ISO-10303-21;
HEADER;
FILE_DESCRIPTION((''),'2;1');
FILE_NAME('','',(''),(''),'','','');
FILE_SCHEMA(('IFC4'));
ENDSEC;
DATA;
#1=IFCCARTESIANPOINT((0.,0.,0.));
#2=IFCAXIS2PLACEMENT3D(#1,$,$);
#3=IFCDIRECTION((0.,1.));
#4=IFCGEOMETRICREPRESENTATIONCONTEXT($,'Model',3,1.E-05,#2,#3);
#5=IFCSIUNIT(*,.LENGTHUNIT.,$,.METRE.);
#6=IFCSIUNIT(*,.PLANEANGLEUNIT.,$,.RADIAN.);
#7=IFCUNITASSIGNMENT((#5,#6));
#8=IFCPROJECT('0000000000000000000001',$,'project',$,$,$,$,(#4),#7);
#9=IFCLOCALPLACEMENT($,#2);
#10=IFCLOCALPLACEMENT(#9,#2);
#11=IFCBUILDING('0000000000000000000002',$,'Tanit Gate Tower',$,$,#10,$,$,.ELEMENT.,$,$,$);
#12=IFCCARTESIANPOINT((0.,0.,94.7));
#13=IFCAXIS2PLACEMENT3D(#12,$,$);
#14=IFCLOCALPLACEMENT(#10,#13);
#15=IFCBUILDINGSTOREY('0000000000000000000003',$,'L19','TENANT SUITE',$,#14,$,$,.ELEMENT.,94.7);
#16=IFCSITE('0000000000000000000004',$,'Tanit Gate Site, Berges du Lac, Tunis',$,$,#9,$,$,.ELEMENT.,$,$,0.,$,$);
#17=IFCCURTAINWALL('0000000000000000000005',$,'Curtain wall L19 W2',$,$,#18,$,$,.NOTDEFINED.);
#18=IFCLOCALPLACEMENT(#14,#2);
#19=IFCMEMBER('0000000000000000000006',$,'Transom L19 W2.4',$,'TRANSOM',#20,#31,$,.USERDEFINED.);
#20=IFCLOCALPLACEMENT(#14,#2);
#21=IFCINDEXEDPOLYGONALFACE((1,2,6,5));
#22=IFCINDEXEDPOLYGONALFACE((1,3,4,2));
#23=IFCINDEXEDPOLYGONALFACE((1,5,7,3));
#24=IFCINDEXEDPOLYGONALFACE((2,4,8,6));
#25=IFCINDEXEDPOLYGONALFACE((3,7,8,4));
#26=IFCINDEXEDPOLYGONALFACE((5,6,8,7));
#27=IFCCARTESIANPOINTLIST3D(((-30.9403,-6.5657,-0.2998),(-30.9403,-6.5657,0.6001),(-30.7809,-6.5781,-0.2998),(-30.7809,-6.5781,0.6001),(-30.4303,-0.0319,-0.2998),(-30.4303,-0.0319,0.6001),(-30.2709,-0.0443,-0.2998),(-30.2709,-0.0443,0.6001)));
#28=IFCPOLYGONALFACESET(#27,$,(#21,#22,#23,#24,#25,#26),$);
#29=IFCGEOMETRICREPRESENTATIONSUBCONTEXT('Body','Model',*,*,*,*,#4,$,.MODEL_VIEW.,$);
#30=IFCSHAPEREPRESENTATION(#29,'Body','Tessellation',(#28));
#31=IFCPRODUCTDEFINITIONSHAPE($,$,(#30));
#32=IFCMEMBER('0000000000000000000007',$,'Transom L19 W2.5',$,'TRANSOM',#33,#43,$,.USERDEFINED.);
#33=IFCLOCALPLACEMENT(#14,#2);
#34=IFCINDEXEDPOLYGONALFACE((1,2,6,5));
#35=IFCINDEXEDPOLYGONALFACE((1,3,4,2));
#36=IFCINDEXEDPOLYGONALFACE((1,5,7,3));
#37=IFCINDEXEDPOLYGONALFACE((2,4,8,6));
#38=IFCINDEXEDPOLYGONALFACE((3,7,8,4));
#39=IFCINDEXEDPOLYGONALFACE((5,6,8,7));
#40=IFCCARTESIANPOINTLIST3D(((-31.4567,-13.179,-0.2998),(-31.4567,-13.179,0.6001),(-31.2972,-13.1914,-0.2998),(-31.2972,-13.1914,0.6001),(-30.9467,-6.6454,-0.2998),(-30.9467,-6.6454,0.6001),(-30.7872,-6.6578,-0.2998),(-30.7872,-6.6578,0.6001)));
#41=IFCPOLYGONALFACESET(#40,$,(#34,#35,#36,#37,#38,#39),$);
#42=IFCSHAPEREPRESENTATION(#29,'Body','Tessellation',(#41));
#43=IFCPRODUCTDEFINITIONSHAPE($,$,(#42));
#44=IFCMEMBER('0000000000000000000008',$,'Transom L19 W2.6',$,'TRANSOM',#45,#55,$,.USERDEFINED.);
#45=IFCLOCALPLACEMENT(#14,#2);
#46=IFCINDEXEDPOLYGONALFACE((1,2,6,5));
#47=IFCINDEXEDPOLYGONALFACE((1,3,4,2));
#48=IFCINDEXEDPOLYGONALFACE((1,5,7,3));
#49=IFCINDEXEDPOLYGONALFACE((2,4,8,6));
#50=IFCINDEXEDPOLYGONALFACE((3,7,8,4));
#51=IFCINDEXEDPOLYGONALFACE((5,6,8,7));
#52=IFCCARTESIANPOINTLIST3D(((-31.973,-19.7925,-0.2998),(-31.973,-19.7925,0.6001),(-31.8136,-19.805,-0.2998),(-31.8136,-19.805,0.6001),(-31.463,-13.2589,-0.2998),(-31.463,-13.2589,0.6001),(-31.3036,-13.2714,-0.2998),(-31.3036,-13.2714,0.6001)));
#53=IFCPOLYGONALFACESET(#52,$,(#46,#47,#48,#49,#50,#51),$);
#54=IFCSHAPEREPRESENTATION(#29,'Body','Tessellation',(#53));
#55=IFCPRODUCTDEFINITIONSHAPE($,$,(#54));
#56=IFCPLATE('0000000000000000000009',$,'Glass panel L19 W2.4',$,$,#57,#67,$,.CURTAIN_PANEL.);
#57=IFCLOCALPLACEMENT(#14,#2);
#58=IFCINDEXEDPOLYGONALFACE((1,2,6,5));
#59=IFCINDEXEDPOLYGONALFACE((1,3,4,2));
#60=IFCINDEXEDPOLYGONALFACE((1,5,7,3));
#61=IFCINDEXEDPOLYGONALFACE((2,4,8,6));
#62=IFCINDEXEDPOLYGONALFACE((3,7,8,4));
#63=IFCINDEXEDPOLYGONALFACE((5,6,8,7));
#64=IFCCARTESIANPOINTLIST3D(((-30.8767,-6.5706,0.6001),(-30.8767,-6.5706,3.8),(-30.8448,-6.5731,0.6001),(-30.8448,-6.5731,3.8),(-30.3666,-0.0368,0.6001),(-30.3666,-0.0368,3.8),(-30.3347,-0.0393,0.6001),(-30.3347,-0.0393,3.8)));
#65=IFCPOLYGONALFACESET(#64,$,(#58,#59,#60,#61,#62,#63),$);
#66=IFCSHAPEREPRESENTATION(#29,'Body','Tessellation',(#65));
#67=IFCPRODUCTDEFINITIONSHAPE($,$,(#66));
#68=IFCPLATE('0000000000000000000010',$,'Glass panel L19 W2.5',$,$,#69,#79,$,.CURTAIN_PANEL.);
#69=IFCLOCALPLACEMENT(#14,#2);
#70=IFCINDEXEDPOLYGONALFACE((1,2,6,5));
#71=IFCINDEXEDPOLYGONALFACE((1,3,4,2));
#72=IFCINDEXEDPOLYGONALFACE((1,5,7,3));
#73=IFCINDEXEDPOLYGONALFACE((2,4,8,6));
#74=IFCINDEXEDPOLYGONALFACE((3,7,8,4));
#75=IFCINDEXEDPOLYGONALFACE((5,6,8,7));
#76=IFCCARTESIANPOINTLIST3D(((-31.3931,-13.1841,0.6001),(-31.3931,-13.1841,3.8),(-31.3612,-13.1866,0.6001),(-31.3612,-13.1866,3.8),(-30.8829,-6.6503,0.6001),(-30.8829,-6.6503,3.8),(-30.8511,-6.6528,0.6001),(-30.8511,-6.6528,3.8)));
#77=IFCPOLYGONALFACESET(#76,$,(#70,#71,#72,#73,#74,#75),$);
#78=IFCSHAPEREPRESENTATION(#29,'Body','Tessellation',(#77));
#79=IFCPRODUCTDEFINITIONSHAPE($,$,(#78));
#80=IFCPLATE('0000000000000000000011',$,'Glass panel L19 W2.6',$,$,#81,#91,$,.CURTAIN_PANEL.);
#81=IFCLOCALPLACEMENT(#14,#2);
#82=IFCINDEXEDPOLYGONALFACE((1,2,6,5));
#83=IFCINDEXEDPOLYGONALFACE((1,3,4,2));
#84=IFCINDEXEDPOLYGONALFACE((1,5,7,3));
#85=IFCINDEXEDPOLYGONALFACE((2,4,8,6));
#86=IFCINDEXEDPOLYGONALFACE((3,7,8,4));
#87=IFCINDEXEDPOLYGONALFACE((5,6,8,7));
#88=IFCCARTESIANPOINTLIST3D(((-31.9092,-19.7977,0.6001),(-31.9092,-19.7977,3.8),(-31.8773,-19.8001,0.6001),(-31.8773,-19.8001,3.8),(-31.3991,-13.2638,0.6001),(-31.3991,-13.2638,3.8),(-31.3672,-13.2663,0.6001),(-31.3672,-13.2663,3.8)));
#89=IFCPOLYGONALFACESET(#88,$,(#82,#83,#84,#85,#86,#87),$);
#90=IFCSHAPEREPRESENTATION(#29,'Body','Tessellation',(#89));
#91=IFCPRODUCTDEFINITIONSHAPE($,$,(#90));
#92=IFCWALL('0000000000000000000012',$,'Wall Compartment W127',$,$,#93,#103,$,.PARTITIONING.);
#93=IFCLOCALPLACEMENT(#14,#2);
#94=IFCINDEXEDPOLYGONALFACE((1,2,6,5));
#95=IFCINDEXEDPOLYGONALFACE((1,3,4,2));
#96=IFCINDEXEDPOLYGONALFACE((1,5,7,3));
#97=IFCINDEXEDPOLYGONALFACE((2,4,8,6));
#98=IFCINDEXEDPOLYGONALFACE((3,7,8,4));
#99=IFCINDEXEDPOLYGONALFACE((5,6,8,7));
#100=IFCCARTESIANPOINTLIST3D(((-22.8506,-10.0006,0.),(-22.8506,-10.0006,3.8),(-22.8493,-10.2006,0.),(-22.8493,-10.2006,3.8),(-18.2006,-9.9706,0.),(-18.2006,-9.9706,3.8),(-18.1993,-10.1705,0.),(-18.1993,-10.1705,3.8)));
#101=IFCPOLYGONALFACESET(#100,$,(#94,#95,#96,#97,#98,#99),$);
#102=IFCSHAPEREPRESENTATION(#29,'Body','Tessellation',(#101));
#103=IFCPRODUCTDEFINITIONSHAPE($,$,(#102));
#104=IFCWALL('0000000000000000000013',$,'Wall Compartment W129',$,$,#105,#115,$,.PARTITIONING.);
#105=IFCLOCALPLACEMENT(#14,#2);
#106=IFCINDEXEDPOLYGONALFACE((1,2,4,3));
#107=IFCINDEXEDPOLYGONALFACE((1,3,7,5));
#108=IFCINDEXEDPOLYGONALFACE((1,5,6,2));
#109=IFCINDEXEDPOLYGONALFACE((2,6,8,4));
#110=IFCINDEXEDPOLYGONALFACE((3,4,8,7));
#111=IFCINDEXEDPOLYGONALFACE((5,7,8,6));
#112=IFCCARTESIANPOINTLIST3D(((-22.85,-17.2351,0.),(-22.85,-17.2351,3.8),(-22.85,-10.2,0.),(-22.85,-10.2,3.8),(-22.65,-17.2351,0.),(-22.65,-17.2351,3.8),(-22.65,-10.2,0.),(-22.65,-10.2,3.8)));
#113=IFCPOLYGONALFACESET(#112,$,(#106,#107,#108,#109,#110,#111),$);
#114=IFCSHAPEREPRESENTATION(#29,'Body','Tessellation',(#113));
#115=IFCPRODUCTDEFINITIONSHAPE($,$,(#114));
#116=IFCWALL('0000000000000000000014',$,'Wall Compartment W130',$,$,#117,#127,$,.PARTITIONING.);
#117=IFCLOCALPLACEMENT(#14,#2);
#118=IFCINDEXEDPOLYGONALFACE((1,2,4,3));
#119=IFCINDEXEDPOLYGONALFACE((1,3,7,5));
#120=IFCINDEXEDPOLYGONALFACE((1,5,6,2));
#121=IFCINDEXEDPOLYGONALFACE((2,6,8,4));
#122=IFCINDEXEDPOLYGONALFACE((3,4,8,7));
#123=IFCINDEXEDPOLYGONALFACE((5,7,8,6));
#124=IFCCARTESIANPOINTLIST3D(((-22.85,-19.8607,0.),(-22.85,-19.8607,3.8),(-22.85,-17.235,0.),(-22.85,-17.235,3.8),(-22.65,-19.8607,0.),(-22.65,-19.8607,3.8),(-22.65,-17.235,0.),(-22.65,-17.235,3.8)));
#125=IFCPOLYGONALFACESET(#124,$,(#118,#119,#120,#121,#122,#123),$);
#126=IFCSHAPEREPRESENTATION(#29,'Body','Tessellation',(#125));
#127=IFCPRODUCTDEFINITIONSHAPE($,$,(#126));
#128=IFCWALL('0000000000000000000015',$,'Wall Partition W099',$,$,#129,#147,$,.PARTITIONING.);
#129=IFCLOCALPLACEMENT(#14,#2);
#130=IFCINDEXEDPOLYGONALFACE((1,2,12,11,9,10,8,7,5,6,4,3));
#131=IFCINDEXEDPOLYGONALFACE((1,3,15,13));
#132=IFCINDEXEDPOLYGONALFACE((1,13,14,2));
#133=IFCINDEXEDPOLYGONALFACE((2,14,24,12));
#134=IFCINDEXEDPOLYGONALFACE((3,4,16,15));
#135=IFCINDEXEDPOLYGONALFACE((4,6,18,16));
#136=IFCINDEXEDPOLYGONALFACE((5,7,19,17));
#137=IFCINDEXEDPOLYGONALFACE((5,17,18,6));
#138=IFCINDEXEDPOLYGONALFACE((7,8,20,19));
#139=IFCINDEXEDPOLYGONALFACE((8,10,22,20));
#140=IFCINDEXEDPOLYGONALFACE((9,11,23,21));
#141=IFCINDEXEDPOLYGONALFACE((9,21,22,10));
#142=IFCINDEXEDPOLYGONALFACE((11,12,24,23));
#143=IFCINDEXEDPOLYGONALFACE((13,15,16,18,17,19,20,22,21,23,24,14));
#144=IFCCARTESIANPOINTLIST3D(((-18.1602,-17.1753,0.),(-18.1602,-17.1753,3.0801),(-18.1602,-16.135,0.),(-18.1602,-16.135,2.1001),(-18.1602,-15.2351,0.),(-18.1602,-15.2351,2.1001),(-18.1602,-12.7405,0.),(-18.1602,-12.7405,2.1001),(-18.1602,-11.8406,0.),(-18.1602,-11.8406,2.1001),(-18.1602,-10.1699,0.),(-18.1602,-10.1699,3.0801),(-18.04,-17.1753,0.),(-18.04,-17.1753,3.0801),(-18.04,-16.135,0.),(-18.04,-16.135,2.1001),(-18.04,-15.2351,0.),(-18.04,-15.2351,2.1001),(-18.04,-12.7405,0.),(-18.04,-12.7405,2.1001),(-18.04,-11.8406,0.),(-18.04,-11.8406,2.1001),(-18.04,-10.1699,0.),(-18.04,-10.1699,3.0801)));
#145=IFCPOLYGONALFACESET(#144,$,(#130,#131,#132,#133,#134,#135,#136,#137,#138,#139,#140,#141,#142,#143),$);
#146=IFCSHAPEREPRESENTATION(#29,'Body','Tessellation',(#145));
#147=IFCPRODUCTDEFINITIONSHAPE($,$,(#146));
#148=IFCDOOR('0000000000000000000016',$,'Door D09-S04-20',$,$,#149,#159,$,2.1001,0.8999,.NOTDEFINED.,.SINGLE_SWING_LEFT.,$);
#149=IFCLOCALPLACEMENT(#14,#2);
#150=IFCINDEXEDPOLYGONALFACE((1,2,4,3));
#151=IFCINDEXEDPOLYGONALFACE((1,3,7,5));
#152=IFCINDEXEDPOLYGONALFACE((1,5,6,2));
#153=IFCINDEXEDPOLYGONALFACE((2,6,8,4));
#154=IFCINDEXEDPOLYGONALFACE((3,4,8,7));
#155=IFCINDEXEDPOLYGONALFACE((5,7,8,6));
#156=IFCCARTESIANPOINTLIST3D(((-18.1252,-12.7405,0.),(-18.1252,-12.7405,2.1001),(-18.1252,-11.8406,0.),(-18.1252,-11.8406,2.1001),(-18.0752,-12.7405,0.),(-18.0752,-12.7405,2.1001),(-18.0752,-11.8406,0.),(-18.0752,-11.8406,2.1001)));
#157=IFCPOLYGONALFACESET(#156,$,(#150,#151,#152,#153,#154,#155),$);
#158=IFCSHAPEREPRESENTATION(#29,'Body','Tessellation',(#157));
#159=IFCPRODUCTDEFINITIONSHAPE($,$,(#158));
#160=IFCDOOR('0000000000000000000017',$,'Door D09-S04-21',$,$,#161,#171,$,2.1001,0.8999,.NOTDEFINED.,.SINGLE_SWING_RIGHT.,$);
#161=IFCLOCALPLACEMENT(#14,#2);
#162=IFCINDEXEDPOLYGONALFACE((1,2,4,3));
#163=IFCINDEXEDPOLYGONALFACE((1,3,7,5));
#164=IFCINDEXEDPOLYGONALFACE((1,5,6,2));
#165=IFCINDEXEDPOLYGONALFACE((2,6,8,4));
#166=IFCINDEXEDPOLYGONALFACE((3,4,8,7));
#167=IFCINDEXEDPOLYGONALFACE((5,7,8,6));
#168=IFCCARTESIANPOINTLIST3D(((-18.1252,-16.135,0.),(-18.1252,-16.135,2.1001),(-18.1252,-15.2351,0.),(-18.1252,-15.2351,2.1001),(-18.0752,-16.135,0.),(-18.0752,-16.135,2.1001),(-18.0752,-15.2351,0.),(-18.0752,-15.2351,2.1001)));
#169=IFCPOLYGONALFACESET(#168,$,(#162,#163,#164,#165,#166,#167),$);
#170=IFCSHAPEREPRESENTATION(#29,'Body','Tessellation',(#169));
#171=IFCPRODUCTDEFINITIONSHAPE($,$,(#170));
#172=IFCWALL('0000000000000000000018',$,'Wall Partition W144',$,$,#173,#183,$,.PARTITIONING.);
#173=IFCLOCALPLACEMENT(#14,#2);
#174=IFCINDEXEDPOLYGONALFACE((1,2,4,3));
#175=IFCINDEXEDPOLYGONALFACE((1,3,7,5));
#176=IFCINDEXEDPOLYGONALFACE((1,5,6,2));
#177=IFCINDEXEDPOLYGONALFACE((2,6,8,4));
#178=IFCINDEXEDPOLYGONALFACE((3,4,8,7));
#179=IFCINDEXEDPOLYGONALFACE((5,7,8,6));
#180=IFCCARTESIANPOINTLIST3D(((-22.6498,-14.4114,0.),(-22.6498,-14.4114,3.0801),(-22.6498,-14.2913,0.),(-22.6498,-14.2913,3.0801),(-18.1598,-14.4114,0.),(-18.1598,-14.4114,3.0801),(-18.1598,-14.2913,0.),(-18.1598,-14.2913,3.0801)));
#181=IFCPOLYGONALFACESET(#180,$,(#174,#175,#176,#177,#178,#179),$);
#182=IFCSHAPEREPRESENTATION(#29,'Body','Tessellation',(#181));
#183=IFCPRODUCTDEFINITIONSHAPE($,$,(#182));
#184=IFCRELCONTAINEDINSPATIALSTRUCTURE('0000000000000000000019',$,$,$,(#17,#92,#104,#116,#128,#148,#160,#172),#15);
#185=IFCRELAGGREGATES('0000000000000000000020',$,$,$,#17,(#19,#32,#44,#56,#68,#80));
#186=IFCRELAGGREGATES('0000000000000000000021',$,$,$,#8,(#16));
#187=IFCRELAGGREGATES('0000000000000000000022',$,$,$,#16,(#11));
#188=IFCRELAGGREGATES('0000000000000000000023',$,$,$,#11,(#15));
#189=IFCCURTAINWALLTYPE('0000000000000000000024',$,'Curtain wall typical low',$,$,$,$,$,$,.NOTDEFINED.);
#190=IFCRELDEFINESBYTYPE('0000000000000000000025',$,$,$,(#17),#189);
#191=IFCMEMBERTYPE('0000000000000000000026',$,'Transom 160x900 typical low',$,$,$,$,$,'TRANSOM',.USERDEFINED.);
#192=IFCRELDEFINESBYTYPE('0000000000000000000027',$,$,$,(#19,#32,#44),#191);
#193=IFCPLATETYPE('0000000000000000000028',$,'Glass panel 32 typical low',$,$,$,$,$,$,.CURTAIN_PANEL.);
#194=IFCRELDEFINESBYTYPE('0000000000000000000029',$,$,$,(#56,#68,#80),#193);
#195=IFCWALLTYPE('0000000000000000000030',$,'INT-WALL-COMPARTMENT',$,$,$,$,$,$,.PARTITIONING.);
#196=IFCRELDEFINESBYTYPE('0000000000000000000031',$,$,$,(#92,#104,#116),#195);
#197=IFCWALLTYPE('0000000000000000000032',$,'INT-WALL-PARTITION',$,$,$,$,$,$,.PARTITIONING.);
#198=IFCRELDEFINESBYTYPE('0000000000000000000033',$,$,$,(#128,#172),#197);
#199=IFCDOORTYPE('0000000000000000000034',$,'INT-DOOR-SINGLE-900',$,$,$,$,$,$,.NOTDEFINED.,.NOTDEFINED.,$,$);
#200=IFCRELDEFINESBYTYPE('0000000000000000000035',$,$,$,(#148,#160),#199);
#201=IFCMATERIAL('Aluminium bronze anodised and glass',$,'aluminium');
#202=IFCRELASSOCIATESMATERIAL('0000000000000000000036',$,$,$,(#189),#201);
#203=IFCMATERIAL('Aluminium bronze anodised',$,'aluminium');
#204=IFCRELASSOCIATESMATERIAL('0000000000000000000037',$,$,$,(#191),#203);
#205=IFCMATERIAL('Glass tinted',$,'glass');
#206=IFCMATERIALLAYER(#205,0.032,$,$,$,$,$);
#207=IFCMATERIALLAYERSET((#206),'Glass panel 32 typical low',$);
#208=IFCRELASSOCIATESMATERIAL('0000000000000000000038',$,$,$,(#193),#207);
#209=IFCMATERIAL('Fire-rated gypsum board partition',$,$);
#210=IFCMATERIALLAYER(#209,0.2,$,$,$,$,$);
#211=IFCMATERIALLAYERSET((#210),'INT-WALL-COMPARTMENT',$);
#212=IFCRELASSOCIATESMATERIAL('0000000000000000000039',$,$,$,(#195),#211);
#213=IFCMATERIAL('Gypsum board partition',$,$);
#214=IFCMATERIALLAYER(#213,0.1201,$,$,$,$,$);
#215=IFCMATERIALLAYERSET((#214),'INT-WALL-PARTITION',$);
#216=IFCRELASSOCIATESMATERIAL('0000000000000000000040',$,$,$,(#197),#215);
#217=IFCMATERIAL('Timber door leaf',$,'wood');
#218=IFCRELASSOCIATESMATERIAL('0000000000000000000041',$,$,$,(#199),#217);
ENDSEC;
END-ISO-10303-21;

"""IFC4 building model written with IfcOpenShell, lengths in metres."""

from ifc_helpers import new_model, si_unit, direction, frame, frame_2d, origin, origin_2d, place, context, subcontext, project, spatial, rectangle, extrude, material, layer, layer_set, material_profile, profile_set, type_object, element, fill, aggregate, save


model = new_model("IFC4")

# Units and contexts
model_context = context("Model", 3, precision=1e-05, world=origin(), true_north=direction((0.0, 1.0)))
body_context = subcontext(model_context, "Body", "Model", "MODEL_VIEW")
ifc_project = project(units=[si_unit("LENGTHUNIT", "METRE"), si_unit("PLANEANGLEUNIT", "RADIAN")], contexts=[model_context])

# Site, building, storey
site_placement = place(None, origin())
site = spatial("IfcSite", under=ifc_project, at=site_placement, Name="Tanit Gate Site, Berges du Lac, Tunis", CompositionType="ELEMENT", RefElevation=0.0)
building_placement = place(site_placement, origin())
building = spatial("IfcBuilding", under=site, at=building_placement, Name="Tanit Gate Tower", CompositionType="ELEMENT")
storey_placement = place(building_placement, frame((0.0, 0.0, 94.7)))
storey = spatial("IfcBuildingStorey", under=building, at=storey_placement, Name="L19", Description="TENANT SUITE", CompositionType="ELEMENT", Elevation=94.7)

# Curtain wall
ifc_material_1 = material(Name="Aluminium bronze anodised and glass", Category="aluminium")
curtain_wall_type = type_object("IfcCurtainWallType", Name="Curtain wall typical low", PredefinedType="NOTDEFINED", material=ifc_material_1)
curtain_wall_placement = place(storey_placement, origin())
curtain_wall = element("IfcCurtainWall", 1, at=curtain_wall_placement, inside=storey, type_object=curtain_wall_type, Name="Curtain wall L19 W2", PredefinedType="NOTDEFINED")

# Members
ifc_material_2 = material(Name="Aluminium bronze anodised", Category="aluminium")
ifc_material_profile_1 = material_profile(ifc_material_2, rectangle(XDim=0.1599, YDim=0.8999, at=origin_2d()), Name="160x900 bronze transom")
ifc_profile_set_1 = profile_set([ifc_material_profile_1], Name="Aluminium bronze anodised")
member_type_1 = type_object("IfcMemberType", Name="Transom 160x900 typical low", ElementType="TRANSOM", PredefinedType="USERDEFINED", material=ifc_profile_set_1)
member_1_placement = place(storey_placement, frame((-30.3506, -0.0381, 0.1501), z_axis=(-0.077819, -0.996968, 0.0), x_axis=(0.996968, -0.077819, 0.0)))
member_1 = element("IfcMember", 2, at=member_1_placement, type_object=member_type_1, Name="Transom L19 W2.4", ObjectType="TRANSOM", PredefinedType="USERDEFINED", context=body_context, shape_type="SweptSolid", body=[
    extrude(rectangle(XDim=0.1599, YDim=0.8999, at=origin_2d()), origin(), (0.0, 0.0, 1.0), 6.5537),
])
member_2_placement = place(storey_placement, frame((-30.8669, -6.6516, 0.1501), z_axis=(-0.077822, -0.996967, 0.0), x_axis=(0.996967, -0.077822, 0.0)))
member_2 = element("IfcMember", 3, at=member_2_placement, type_object=member_type_1, Name="Transom L19 W2.5", ObjectType="TRANSOM", PredefinedType="USERDEFINED", context=body_context, shape_type="SweptSolid", body=[
    extrude(rectangle(XDim=0.1599, YDim=0.8999, at=origin_2d()), origin(), (0.0, 0.0, 1.0), 6.5535),
])
member_3_placement = place(storey_placement, frame((-31.3833, -13.2651, 0.1501), z_axis=(-0.077822, -0.996967, 0.0), x_axis=(0.996967, -0.077822, 0.0)))
member_3 = element("IfcMember", 4, at=member_3_placement, type_object=member_type_1, Name="Transom L19 W2.6", ObjectType="TRANSOM", PredefinedType="USERDEFINED", context=body_context, shape_type="SweptSolid", body=[
    extrude(rectangle(XDim=0.1599, YDim=0.8999, at=origin_2d()), origin(), (0.0, 0.0, 1.0), 6.5535),
])

# Plates
ifc_material_3 = material(Name="Glass tinted", Category="glass")
ifc_layer_1 = layer(ifc_material_3, 0.032)
ifc_layer_set_1 = layer_set([ifc_layer_1], Name="Glass panel 32 typical low")
plate_type = type_object("IfcPlateType", Name="Glass panel 32 typical low", PredefinedType="CURTAIN_PANEL", material=ifc_layer_set_1)
plate_1_placement = place(storey_placement, frame((-30.6057, -3.3049, 0.6001), z_axis=(0.0, 0.0, 1.0), x_axis=(-0.077839, -0.996966, 0.0)))
plate_1 = element("IfcPlate", 5, at=plate_1_placement, type_object=plate_type, Name="Glass panel L19 W2.4", PredefinedType="CURTAIN_PANEL", context=body_context, shape_type="SweptSolid", body=[
    extrude(rectangle(XDim=6.5537, YDim=0.032, at=origin_2d()), origin(), (0.0, 0.0, 1.0), 3.2),
])
plate_2_placement = place(storey_placement, frame((-31.1221, -9.9185, 0.6001), z_axis=(0.0, 0.0, 1.0), x_axis=(-0.077839, -0.996966, 0.0)))
plate_2 = element("IfcPlate", 6, at=plate_2_placement, type_object=plate_type, Name="Glass panel L19 W2.5", PredefinedType="CURTAIN_PANEL", context=body_context, shape_type="SweptSolid", body=[
    extrude(rectangle(XDim=6.5537, YDim=0.032, at=origin_2d()), origin(), (0.0, 0.0, 1.0), 3.2),
])
plate_3_placement = place(storey_placement, frame((-31.6382, -16.532, 0.6001), z_axis=(0.0, 0.0, 1.0), x_axis=(-0.077839, -0.996966, 0.0)))
plate_3 = element("IfcPlate", 7, at=plate_3_placement, type_object=plate_type, Name="Glass panel L19 W2.6", PredefinedType="CURTAIN_PANEL", context=body_context, shape_type="SweptSolid", body=[
    extrude(rectangle(XDim=6.5537, YDim=0.032, at=origin_2d()), origin(), (0.0, 0.0, 1.0), 3.2),
])
aggregate(curtain_wall, [member_1, member_2, member_3, plate_1, plate_2, plate_3])

# Walls
ifc_material_4 = material(Name="Fire-rated gypsum board partition")
ifc_layer_2 = layer(ifc_material_4, 0.2)
ifc_layer_set_2 = layer_set([ifc_layer_2], Name="INT-WALL-COMPARTMENT")
wall_type_1 = type_object("IfcWallType", Name="INT-WALL-COMPARTMENT", PredefinedType="PARTITIONING", material=ifc_layer_set_2)
wall_1_placement = place(storey_placement, frame((-22.8501, -10.1006, 0.0), z_axis=(0.0, 0.0, 1.0), x_axis=(0.999979, 0.006458, 0.0)))
element("IfcWall", 8, at=wall_1_placement, inside=storey, type_object=wall_type_1, Name="Wall Compartment W127", PredefinedType="PARTITIONING", context=body_context, shape_type="SweptSolid", body=[
    extrude(rectangle(XDim=4.6501, YDim=0.2, at=frame_2d((2.3252, 0.0))), origin(), (0.0, 0.0, 1.0), 3.8),
])
wall_2_placement = place(storey_placement, frame((-22.75, -17.2351, 0.0), z_axis=(0.0, 0.0, 1.0), x_axis=(0.0, 1.0, 0.0)))
element("IfcWall", 9, at=wall_2_placement, inside=storey, type_object=wall_type_1, Name="Wall Compartment W129", PredefinedType="PARTITIONING", context=body_context, shape_type="SweptSolid", body=[
    extrude(rectangle(XDim=7.0352, YDim=0.2, at=frame_2d((3.5176, 0.0))), origin(), (0.0, 0.0, 1.0), 3.8),
])
wall_3_placement = place(storey_placement, frame((-22.75, -19.8608, 0.0), z_axis=(0.0, 0.0, 1.0), x_axis=(0.0, 1.0, 0.0)))
element("IfcWall", 10, at=wall_3_placement, inside=storey, type_object=wall_type_1, Name="Wall Compartment W130", PredefinedType="PARTITIONING", context=body_context, shape_type="SweptSolid", body=[
    extrude(rectangle(XDim=2.6257, YDim=0.2, at=frame_2d((1.313, 0.0))), origin(), (0.0, 0.0, 1.0), 3.8),
])

# Wall, openings, doors
ifc_material_5 = material(Name="Gypsum board partition")
ifc_layer_3 = layer(ifc_material_5, 0.1201)
ifc_layer_set_3 = layer_set([ifc_layer_3], Name="INT-WALL-PARTITION")
wall_type_2 = type_object("IfcWallType", Name="INT-WALL-PARTITION", PredefinedType="PARTITIONING", material=ifc_layer_set_3)
wall_4_placement = place(storey_placement, frame((-18.1001, -10.1699, 0.0), z_axis=(0.0, 0.0, 1.0), x_axis=(0.0, -1.0, 0.0)))
wall_4 = element("IfcWall", 11, at=wall_4_placement, inside=storey, type_object=wall_type_2, Name="Wall Partition W099", PredefinedType="PARTITIONING", context=body_context, shape_type="SweptSolid", body=[
    extrude(rectangle(XDim=7.0054, YDim=0.1201, at=frame_2d((3.5027, 0.0))), origin(), (0.0, 0.0, 1.0), 3.0801),
])
opening_1_placement = place(wall_4_placement, frame((1.6707, 0.0, 0.0)))
opening_1 = element("IfcOpeningElement", 12, at=opening_1_placement, cuts=wall_4, PredefinedType="OPENING", context=body_context, shape_type="SweptSolid", body=[
    extrude(rectangle(XDim=0.8999, YDim=2.1001, at=frame_2d((0.45, 1.05))), frame((0.0, 0.0701, 0.0), z_axis=(0.0, -1.0, 0.0), x_axis=(1.0, 0.0, 0.0)), (0.0, 0.0, 1.0), 0.1401),
])
opening_2_placement = place(wall_4_placement, frame((5.0652, 0.0, 0.0)))
opening_2 = element("IfcOpeningElement", 13, at=opening_2_placement, cuts=wall_4, PredefinedType="OPENING", context=body_context, shape_type="SweptSolid", body=[
    extrude(rectangle(XDim=0.8999, YDim=2.1001, at=frame_2d((0.45, 1.05))), frame((0.0, 0.0701, 0.0), z_axis=(0.0, -1.0, 0.0), x_axis=(1.0, 0.0, 0.0)), (0.0, 0.0, 1.0), 0.1401),
])
ifc_material_6 = material(Name="Timber door leaf", Category="wood")
door_type = type_object("IfcDoorType", Name="INT-DOOR-SINGLE-900", OperationType="NOTDEFINED", PredefinedType="NOTDEFINED", material=ifc_material_6)
door_1_placement = place(opening_1_placement, origin())
door_1 = element("IfcDoor", 14, at=door_1_placement, inside=storey, type_object=door_type, Name="Door D09-S04-20", OperationType="SINGLE_SWING_LEFT", OverallHeight=2.1001, OverallWidth=0.8999, PredefinedType="NOTDEFINED", context=body_context, shape_type="SweptSolid", body=[
    extrude(rectangle(XDim=0.8999, YDim=2.1001, at=frame_2d((0.45, 1.05))), frame((0.0, 0.0249, 0.0), z_axis=(0.0, -1.0, 0.0), x_axis=(1.0, 0.0, 0.0)), (0.0, 0.0, 1.0), 0.05),
])
fill(opening_1, door_1)
door_2_placement = place(opening_2_placement, origin())
door_2 = element("IfcDoor", 15, at=door_2_placement, inside=storey, type_object=door_type, Name="Door D09-S04-21", OperationType="SINGLE_SWING_RIGHT", OverallHeight=2.1001, OverallWidth=0.8999, PredefinedType="NOTDEFINED", context=body_context, shape_type="SweptSolid", body=[
    extrude(rectangle(XDim=0.8999, YDim=2.1001, at=frame_2d((0.45, 1.05))), frame((0.0, 0.0249, 0.0), z_axis=(0.0, -1.0, 0.0), x_axis=(1.0, 0.0, 0.0)), (0.0, 0.0, 1.0), 0.05),
])
fill(opening_2, door_2)

# Wall
wall_5_placement = place(storey_placement, frame((-22.6499, -14.3513, 0.0), z_axis=(0.0, 0.0, 1.0), x_axis=(1.0, 0.0, 0.0)))
element("IfcWall", 16, at=wall_5_placement, inside=storey, type_object=wall_type_2, Name="Wall Partition W144", PredefinedType="PARTITIONING", context=body_context, shape_type="SweptSolid", body=[
    extrude(rectangle(XDim=4.49, YDim=0.1201, at=frame_2d((2.2451, 0.0))), origin(), (0.0, 0.0, 1.0), 3.0801),
])

save(model, "model.ifc")
